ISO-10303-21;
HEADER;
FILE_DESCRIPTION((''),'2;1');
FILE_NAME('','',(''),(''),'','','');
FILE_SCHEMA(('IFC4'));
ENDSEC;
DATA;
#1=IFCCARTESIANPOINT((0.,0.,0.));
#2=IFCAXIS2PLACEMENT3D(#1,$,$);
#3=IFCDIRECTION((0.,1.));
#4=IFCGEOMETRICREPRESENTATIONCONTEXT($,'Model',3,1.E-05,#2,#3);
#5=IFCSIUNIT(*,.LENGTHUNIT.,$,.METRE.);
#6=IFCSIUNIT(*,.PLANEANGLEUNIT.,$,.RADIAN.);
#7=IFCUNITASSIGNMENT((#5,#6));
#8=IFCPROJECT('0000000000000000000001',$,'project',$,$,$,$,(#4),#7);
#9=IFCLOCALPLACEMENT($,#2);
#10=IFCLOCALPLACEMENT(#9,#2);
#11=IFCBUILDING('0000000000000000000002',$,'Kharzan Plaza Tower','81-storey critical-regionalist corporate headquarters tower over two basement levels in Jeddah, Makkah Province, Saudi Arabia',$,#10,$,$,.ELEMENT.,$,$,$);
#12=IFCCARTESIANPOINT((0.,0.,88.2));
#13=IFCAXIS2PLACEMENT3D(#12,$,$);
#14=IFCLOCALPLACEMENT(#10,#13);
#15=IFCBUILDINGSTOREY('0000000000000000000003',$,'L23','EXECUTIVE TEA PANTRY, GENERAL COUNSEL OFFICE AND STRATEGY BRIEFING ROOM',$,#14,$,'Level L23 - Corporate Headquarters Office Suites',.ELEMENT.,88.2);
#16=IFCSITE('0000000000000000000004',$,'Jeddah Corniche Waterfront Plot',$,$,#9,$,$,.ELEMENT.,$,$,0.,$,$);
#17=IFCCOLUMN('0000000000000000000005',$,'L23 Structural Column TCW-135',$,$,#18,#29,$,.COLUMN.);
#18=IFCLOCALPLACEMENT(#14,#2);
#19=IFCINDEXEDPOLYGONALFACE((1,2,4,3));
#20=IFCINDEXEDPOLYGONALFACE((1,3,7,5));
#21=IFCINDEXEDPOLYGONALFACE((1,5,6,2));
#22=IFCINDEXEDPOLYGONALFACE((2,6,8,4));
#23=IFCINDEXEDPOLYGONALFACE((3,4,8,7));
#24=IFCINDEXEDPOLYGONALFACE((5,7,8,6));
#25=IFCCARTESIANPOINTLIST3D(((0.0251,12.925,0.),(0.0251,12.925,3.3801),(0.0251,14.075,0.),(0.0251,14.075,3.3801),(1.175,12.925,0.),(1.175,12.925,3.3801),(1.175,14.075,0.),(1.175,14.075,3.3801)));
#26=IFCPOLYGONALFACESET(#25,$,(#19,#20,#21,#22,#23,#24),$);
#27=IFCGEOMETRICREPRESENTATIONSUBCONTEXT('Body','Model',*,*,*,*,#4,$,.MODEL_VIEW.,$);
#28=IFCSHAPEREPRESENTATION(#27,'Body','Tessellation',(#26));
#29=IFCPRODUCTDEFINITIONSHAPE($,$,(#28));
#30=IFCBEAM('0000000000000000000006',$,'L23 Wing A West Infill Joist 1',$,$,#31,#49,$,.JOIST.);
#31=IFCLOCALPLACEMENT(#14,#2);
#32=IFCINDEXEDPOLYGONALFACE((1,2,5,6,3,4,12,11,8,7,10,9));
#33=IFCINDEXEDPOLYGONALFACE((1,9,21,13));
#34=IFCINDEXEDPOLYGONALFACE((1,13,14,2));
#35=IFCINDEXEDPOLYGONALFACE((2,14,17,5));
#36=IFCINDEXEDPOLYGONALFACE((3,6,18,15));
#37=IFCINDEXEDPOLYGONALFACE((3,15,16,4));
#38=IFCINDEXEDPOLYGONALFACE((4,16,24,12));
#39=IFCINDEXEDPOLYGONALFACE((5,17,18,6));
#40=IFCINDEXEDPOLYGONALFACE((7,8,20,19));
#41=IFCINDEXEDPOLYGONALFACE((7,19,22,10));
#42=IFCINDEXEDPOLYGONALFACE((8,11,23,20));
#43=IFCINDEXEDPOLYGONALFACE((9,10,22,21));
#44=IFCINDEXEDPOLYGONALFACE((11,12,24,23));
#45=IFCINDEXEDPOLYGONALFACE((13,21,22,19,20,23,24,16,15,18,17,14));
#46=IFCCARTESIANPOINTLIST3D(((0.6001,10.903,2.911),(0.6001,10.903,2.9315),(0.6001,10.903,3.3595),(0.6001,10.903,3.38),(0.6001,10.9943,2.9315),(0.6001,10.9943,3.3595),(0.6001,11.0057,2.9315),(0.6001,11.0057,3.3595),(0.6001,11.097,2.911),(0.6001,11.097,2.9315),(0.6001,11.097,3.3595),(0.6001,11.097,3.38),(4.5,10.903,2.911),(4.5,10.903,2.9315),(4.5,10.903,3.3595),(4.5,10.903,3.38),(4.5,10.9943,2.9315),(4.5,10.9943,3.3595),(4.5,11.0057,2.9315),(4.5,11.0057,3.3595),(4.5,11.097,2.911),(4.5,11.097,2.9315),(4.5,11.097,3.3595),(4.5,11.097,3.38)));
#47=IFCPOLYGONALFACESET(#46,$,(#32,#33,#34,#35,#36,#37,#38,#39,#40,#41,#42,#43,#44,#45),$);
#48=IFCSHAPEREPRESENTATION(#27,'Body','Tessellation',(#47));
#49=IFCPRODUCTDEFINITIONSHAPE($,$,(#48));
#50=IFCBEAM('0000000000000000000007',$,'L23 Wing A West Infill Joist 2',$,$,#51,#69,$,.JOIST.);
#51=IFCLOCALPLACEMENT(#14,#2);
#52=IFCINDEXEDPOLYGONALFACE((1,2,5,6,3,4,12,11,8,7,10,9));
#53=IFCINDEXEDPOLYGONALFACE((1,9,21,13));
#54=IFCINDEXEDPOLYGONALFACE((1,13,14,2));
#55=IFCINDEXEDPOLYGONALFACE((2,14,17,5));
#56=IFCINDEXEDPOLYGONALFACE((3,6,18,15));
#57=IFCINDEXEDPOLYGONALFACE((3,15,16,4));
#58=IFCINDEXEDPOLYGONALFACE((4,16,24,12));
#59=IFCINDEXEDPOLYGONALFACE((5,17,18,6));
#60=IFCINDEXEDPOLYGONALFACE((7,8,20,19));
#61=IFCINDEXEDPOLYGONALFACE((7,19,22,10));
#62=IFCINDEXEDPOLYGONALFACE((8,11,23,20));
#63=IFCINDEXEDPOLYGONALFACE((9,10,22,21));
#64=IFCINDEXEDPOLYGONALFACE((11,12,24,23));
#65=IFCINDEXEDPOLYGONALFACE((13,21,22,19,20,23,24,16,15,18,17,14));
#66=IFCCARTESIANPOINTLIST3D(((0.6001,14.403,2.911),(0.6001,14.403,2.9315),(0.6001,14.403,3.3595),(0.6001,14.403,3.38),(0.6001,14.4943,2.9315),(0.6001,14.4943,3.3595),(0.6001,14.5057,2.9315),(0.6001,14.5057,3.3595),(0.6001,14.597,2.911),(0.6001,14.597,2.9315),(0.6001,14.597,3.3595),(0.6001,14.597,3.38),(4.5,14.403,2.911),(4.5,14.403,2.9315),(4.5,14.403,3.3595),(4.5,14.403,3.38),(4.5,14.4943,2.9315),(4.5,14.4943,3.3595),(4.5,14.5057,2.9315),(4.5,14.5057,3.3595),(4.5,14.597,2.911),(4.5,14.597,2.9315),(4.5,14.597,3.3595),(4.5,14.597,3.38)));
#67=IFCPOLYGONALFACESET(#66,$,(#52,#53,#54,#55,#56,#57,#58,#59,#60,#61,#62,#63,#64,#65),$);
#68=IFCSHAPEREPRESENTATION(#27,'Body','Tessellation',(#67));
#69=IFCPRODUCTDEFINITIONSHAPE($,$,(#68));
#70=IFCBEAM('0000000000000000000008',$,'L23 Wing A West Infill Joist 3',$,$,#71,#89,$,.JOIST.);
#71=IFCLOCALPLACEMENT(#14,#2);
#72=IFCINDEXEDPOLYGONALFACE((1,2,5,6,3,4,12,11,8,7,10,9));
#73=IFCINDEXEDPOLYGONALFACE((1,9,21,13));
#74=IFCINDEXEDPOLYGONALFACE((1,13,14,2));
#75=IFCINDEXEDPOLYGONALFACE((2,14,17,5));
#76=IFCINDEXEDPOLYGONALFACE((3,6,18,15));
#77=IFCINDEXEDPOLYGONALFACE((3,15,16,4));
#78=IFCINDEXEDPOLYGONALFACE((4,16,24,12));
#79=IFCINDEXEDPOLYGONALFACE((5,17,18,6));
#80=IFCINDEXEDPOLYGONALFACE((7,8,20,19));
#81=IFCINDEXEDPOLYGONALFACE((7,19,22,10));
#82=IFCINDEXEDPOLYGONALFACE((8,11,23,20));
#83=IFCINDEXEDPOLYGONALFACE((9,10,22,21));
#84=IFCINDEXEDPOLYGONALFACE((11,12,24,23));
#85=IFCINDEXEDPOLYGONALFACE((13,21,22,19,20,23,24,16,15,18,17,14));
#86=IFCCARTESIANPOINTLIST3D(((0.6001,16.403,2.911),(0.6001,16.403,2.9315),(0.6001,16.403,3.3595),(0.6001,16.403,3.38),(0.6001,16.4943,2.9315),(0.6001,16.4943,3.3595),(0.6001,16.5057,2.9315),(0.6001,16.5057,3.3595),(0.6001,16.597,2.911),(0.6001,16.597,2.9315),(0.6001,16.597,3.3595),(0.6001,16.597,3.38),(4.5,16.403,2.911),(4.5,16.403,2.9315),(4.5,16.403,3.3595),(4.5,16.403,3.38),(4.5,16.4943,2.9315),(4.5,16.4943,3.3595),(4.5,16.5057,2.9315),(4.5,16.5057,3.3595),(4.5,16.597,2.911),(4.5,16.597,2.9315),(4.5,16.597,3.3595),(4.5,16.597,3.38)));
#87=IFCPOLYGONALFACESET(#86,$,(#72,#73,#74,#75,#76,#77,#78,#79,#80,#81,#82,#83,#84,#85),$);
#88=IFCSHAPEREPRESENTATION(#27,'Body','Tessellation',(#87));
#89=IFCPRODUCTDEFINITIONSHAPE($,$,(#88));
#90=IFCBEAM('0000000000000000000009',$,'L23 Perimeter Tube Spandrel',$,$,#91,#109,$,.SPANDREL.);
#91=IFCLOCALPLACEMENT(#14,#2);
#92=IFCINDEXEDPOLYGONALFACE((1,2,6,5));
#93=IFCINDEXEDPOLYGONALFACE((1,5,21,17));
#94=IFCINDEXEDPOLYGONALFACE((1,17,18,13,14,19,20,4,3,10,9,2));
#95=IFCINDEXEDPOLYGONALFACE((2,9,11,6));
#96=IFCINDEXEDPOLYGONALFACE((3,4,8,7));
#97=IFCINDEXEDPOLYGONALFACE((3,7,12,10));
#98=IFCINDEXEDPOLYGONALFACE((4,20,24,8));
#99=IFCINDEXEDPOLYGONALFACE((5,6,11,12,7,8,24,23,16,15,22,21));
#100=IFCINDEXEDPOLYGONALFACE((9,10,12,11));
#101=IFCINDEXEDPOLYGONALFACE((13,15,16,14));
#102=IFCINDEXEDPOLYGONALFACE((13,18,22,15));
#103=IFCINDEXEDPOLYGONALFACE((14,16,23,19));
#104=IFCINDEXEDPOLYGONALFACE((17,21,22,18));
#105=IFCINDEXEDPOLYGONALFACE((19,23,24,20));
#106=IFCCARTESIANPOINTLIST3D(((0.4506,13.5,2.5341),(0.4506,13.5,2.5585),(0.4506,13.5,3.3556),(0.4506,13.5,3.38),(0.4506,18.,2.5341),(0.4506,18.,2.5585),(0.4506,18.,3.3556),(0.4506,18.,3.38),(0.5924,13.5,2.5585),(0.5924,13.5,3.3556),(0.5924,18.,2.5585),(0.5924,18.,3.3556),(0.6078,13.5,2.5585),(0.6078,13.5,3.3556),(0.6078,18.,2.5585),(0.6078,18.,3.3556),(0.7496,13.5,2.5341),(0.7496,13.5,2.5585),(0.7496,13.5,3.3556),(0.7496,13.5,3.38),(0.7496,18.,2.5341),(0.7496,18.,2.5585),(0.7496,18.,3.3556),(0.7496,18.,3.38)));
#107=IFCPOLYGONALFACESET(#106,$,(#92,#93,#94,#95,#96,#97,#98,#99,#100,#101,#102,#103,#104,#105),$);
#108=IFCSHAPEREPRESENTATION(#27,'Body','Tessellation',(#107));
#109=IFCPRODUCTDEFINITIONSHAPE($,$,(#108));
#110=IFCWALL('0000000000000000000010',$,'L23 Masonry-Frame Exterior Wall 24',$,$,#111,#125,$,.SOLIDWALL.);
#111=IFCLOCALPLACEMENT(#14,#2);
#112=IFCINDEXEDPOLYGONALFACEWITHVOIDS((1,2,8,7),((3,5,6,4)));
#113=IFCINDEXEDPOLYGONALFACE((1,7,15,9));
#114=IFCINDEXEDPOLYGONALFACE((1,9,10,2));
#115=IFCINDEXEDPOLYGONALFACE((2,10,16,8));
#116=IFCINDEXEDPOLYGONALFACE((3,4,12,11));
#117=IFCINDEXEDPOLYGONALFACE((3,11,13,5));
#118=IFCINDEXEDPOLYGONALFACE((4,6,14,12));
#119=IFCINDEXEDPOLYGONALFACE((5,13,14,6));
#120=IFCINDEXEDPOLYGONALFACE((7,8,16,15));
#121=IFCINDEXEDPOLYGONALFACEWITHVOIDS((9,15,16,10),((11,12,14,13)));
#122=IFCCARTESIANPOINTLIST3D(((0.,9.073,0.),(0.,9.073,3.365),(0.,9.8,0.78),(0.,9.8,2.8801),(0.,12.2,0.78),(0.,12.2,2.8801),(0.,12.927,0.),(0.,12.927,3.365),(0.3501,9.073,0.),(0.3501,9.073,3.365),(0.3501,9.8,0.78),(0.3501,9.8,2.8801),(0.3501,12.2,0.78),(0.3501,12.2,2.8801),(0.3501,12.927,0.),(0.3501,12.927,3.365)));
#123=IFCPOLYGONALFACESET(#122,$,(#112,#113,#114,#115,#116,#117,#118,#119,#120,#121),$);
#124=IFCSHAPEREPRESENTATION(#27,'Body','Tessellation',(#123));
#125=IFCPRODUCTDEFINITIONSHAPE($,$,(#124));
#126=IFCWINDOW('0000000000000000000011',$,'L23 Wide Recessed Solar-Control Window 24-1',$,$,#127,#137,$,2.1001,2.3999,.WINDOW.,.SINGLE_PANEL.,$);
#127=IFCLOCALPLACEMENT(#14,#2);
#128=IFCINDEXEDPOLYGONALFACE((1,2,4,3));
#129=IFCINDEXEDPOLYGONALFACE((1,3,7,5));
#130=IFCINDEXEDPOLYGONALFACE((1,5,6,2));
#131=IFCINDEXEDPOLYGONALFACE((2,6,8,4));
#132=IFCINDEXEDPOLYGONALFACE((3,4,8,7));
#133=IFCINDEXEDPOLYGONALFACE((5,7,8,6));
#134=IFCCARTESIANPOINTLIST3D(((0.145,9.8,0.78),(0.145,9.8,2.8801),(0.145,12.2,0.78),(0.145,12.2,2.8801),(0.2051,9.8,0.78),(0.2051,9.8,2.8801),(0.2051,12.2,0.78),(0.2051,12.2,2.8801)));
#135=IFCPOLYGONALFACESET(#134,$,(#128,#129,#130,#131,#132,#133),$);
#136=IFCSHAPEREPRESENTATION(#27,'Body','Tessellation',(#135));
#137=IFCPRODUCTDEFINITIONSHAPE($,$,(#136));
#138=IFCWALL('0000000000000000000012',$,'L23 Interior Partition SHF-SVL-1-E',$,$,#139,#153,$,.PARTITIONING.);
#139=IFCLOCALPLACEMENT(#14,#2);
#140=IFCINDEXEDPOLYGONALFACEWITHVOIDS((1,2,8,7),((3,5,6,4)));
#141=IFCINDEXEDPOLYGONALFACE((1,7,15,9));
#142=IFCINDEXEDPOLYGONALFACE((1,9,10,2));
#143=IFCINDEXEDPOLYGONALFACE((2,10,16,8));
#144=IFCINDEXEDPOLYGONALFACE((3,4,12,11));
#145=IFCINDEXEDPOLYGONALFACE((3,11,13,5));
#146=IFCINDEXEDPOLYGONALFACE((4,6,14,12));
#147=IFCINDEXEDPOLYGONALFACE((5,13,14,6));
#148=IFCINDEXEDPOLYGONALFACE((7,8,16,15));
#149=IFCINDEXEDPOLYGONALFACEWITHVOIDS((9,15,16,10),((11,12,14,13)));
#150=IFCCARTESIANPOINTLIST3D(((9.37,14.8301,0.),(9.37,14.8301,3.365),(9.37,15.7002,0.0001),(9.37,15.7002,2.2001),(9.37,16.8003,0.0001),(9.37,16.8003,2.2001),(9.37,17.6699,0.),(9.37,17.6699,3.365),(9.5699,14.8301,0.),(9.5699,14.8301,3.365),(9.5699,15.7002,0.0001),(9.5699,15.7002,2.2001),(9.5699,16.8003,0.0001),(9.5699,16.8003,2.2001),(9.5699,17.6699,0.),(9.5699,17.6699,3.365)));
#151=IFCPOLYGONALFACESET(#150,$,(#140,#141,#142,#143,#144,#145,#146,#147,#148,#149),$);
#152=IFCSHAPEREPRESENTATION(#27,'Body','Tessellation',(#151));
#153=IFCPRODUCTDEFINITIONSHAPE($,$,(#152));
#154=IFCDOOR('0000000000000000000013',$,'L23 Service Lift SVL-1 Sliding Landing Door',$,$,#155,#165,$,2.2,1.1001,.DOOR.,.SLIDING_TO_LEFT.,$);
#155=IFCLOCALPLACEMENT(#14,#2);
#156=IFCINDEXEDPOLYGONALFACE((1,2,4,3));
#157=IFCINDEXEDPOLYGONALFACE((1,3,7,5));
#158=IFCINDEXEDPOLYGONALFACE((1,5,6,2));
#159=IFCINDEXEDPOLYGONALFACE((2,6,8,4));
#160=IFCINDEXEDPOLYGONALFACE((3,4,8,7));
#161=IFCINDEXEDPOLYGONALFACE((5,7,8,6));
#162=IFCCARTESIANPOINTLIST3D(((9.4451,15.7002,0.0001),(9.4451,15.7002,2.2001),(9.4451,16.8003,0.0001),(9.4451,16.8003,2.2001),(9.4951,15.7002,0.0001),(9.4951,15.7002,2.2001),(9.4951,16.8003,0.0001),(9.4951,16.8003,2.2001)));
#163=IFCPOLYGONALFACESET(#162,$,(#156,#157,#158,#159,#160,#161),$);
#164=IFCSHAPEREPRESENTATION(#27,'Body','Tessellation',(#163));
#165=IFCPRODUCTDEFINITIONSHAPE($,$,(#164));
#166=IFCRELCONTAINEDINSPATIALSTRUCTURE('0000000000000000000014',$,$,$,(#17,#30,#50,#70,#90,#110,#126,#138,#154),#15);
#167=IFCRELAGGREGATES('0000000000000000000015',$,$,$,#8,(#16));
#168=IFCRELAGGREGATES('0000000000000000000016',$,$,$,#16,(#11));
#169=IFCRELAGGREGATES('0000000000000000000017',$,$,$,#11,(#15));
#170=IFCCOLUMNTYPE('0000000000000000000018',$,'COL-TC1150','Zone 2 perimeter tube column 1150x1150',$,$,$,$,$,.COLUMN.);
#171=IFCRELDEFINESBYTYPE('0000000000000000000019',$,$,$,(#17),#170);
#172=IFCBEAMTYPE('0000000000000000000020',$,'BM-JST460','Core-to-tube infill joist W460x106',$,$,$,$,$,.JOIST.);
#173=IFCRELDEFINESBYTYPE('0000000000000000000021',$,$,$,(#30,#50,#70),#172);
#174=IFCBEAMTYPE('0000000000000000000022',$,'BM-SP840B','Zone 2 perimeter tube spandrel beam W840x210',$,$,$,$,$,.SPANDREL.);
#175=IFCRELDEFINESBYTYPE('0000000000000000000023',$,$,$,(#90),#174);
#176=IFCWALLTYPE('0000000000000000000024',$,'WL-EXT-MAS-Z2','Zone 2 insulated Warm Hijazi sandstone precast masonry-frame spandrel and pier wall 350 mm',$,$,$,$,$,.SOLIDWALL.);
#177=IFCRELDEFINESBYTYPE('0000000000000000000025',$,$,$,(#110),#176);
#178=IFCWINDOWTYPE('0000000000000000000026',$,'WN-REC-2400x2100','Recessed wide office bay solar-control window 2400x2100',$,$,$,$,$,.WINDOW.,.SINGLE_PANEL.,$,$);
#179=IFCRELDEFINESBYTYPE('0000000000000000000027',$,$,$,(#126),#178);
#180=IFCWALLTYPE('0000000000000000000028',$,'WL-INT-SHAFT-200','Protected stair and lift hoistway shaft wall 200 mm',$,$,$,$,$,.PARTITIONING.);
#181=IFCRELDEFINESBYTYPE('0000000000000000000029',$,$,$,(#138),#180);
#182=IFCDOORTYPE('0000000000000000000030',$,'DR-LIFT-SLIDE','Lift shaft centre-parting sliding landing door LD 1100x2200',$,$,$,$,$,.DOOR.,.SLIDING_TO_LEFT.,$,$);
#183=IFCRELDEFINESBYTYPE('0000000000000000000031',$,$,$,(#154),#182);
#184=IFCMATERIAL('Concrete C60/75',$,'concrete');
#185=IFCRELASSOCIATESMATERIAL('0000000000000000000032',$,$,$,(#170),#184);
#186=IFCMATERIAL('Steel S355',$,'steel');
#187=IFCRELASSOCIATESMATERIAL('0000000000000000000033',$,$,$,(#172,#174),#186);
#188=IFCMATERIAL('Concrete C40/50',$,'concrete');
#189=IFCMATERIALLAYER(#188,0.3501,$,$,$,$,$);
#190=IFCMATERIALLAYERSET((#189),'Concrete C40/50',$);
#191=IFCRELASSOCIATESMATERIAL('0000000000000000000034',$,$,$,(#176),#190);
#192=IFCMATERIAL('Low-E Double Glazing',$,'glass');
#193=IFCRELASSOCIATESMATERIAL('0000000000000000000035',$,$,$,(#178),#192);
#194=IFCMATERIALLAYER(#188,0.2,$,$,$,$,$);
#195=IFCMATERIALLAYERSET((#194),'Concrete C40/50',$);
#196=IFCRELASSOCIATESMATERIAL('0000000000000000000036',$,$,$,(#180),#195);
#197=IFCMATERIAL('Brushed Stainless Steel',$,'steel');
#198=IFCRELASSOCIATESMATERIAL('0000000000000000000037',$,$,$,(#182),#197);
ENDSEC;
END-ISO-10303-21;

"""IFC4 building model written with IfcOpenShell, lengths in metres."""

from ifc_helpers import new_model, si_unit, direction, frame, frame_2d, origin, origin_2d, place, context, subcontext, project, spatial, rectangle, i_section, extrude, source, transform, mapped, material, layer, layer_set, material_profile, profile_set, type_object, element, fill, save


model = new_model("IFC4")

# Units and contexts
model_context = context("Model", 3, precision=1e-05, world=origin(), true_north=direction((0.0, 1.0)))
body_context = subcontext(model_context, "Body", "Model", "MODEL_VIEW")
ifc_project = project(units=[si_unit("LENGTHUNIT", "METRE"), si_unit("PLANEANGLEUNIT", "RADIAN")], contexts=[model_context])

# Site, building, storey
site_placement = place(None, origin())
site = spatial("IfcSite", under=ifc_project, at=site_placement, Name="Jeddah Corniche Waterfront Plot", CompositionType="ELEMENT", RefElevation=0.0)
building_placement = place(site_placement, origin())
building = spatial("IfcBuilding", under=site, at=building_placement, Name="Kharzan Plaza Tower", Description="81-storey critical-regionalist corporate headquarters tower over two basement levels in Jeddah, Makkah Province, Saudi Arabia", CompositionType="ELEMENT")
storey_placement = place(building_placement, frame((0.0, 0.0, 88.2)))
storey = spatial("IfcBuildingStorey", under=building, at=storey_placement, Name="L23", Description="EXECUTIVE TEA PANTRY, GENERAL COUNSEL OFFICE AND STRATEGY BRIEFING ROOM", LongName="Level L23 - Corporate Headquarters Office Suites", CompositionType="ELEMENT", Elevation=88.2)

# Column
ifc_material_1 = material(Name="Concrete C60/75", Category="concrete")
ifc_material_profile_1 = material_profile(ifc_material_1, rectangle(XDim=1.1499, YDim=1.1499, at=origin_2d()), Name="RC-TC1150x1150")
ifc_profile_set_1 = profile_set([ifc_material_profile_1], Name="Concrete C60/75")
column_type = type_object("IfcColumnType", Name="COL-TC1150", Description="Zone 2 perimeter tube column 1150x1150", PredefinedType="COLUMN", material=ifc_profile_set_1)
shared_shape_1 = source(origin(), body_context, "Body", "SweptSolid", [
    extrude(rectangle(XDim=1.1499, YDim=1.1499, at=origin_2d()), origin(), (0.0, 0.0, 1.0), 3.3801),
])
column_placement = place(storey_placement, frame((0.6001, 13.5, 0.0), z_axis=(0.0, 0.0, 1.0), x_axis=(1.0, 0.0, 0.0)))
element("IfcColumn", 1, at=column_placement, inside=storey, type_object=column_type, Name="L23 Structural Column TCW-135", PredefinedType="COLUMN", context=body_context, shape_type="MappedRepresentation", body=[
    mapped(shared_shape_1, transform((0.0, 0.0, 0.0), x_axis=(1.0, 0.0, 0.0), y_axis=(0.0, 1.0, 0.0), z_axis=(0.0, 0.0, 1.0))),
])

# Beams
ifc_material_2 = material(Name="Steel S355", Category="steel")
ifc_material_profile_2 = material_profile(ifc_material_2, i_section(OverallWidth=0.1941, OverallDepth=0.469, WebThickness=0.0115, FlangeThickness=0.0205, at=origin_2d()), Name="W460x106")
ifc_profile_set_2 = profile_set([ifc_material_profile_2], Name="Steel S355")
beam_type_1 = type_object("IfcBeamType", Name="BM-JST460", Description="Core-to-tube infill joist W460x106", PredefinedType="JOIST", material=ifc_profile_set_2)
shared_shape_2 = source(origin(), body_context, "Body", "SweptSolid", [
    extrude(i_section(OverallWidth=0.1941, OverallDepth=0.469, WebThickness=0.0115, FlangeThickness=0.0205, at=origin_2d()), origin(), (0.0, 0.0, 1.0), 3.8999),
])
for number, where, z_axis, x_axis, name in (
    (2, (0.6001, 11.0, 3.1455), (1.0, 0.0, 0.0), (0.0, 1.0, 0.0), "L23 Wing A West Infill Joist 1"),
    (3, (0.6001, 14.5, 3.1455), (1.0, 0.0, 0.0), (0.0, 1.0, 0.0), "L23 Wing A West Infill Joist 2"),
    (4, (0.6001, 16.5, 3.1455), (1.0, 0.0, 0.0), (0.0, 1.0, 0.0), "L23 Wing A West Infill Joist 3"),
):
    element("IfcBeam", number, at=place(storey_placement, frame(where, z_axis=z_axis, x_axis=x_axis)), inside=storey, type_object=beam_type_1, Name=name, PredefinedType="JOIST", context=body_context, shape_type="MappedRepresentation", body=[
        mapped(shared_shape_2, transform((0.0, 0.0, 0.0), x_axis=(1.0, 0.0, 0.0), y_axis=(0.0, 1.0, 0.0), z_axis=(0.0, 0.0, 1.0))),
    ])
ifc_material_profile_3 = material_profile(ifc_material_2, i_section(OverallWidth=0.2991, OverallDepth=0.8459, WebThickness=0.0154, FlangeThickness=0.0244, at=origin_2d()), Name="W840x210")
ifc_profile_set_3 = profile_set([ifc_material_profile_3], Name="Steel S355")
beam_type_2 = type_object("IfcBeamType", Name="BM-SP840B", Description="Zone 2 perimeter tube spandrel beam W840x210", PredefinedType="SPANDREL", material=ifc_profile_set_3)
shared_shape_3 = source(origin(), body_context, "Body", "SweptSolid", [
    extrude(i_section(OverallWidth=0.2991, OverallDepth=0.8459, WebThickness=0.0154, FlangeThickness=0.0244, at=origin_2d()), origin(), (0.0, 0.0, 1.0), 4.5),
])
beam_placement = place(storey_placement, frame((0.6001, 13.5, 2.957), z_axis=(0.0, 1.0, 0.0), x_axis=(-1.0, 0.0, 0.0)))
element("IfcBeam", 5, at=beam_placement, inside=storey, type_object=beam_type_2, Name="L23 Perimeter Tube Spandrel", PredefinedType="SPANDREL", context=body_context, shape_type="MappedRepresentation", body=[
    mapped(shared_shape_3, transform((0.0, 0.0, 0.0), x_axis=(1.0, 0.0, 0.0), y_axis=(0.0, 1.0, 0.0), z_axis=(0.0, 0.0, 1.0))),
])

# Wall, opening, window
ifc_material_3 = material(Name="Concrete C40/50", Category="concrete")
ifc_layer_1 = layer(ifc_material_3, 0.3501)
ifc_layer_set_1 = layer_set([ifc_layer_1], Name="Concrete C40/50")
wall_type_1 = type_object("IfcWallType", Name="WL-EXT-MAS-Z2", Description="Zone 2 insulated Warm Hijazi sandstone precast masonry-frame spandrel and pier wall 350 mm", PredefinedType="SOLIDWALL", material=ifc_layer_set_1)
wall_1_placement = place(storey_placement, frame((0.175, 12.927, 0.0), z_axis=(0.0, 0.0, 1.0), x_axis=(0.0, -1.0, 0.0)))
wall_1 = element("IfcWall", 6, at=wall_1_placement, inside=storey, type_object=wall_type_1, Name="L23 Masonry-Frame Exterior Wall 24", PredefinedType="SOLIDWALL", context=body_context, shape_type="SweptSolid", body=[
    extrude(rectangle(XDim=3.854, YDim=0.3501, at=frame_2d((1.927, 0.0))), origin(), (0.0, 0.0, 1.0), 3.365),
])
opening_1_placement = place(wall_1_placement, frame((0.7271, 0.0, 0.78)))
opening_1 = element("IfcOpeningElement", 7, at=opening_1_placement, cuts=wall_1, PredefinedType="OPENING", context=body_context, shape_type="SweptSolid", body=[
    extrude(rectangle(XDim=2.3999, YDim=2.1001, at=frame_2d((1.2, 1.05))), frame((0.0, 0.1851, 0.0), z_axis=(0.0, -1.0, 0.0), x_axis=(1.0, 0.0, 0.0)), (0.0, 0.0, 1.0), 0.3701),
])
ifc_material_4 = material(Name="Low-E Double Glazing", Category="glass")
window_type = type_object("IfcWindowType", Name="WN-REC-2400x2100", Description="Recessed wide office bay solar-control window 2400x2100", PartitioningType="SINGLE_PANEL", PredefinedType="WINDOW", material=ifc_material_4)
shared_shape_4 = source(origin(), body_context, "Body", "SweptSolid", [
    extrude(rectangle(XDim=2.3999, YDim=2.1001, at=frame_2d((1.2, 1.05))), frame((0.0, 0.03, 0.0), z_axis=(0.0, -1.0, 0.0), x_axis=(1.0, 0.0, 0.0)), (0.0, 0.0, 1.0), 0.0601),
])
window_placement = place(opening_1_placement, origin())
window = element("IfcWindow", 8, at=window_placement, inside=storey, type_object=window_type, Name="L23 Wide Recessed Solar-Control Window 24-1", OverallHeight=2.1001, OverallWidth=2.3999, PartitioningType="SINGLE_PANEL", PredefinedType="WINDOW", context=body_context, shape_type="MappedRepresentation", body=[
    mapped(shared_shape_4, transform((0.0, 0.0, 0.0), x_axis=(1.0, 0.0, 0.0), y_axis=(0.0, 1.0, 0.0), z_axis=(0.0, 0.0, 1.0))),
])
fill(opening_1, window)

# Wall, opening, door
ifc_layer_2 = layer(ifc_material_3, 0.2)
ifc_layer_set_2 = layer_set([ifc_layer_2], Name="Concrete C40/50")
wall_type_2 = type_object("IfcWallType", Name="WL-INT-SHAFT-200", Description="Protected stair and lift hoistway shaft wall 200 mm", PredefinedType="PARTITIONING", material=ifc_layer_set_2)
wall_2_placement = place(storey_placement, frame((9.47, 14.8301, 0.0), z_axis=(0.0, 0.0, 1.0), x_axis=(0.0, 1.0, 0.0)))
wall_2 = element("IfcWall", 9, at=wall_2_placement, inside=storey, type_object=wall_type_2, Name="L23 Interior Partition SHF-SVL-1-E", PredefinedType="PARTITIONING", context=body_context, shape_type="SweptSolid", body=[
    extrude(rectangle(XDim=2.8398, YDim=0.2, at=frame_2d((1.4199, 0.0))), origin(), (0.0, 0.0, 1.0), 3.365),
])
opening_2_placement = place(wall_2_placement, frame((0.8701, 0.0, 0.0)))
opening_2 = element("IfcOpeningElement", 10, at=opening_2_placement, cuts=wall_2, PredefinedType="OPENING", context=body_context, shape_type="SweptSolid", body=[
    extrude(rectangle(XDim=1.1001, YDim=2.2, at=frame_2d((0.55, 1.1001))), frame((0.0, 0.1099, 0.0), z_axis=(0.0, -1.0, 0.0), x_axis=(1.0, 0.0, 0.0)), (0.0, 0.0, 1.0), 0.22),
])
ifc_material_5 = material(Name="Brushed Stainless Steel", Category="steel")
door_type_1 = type_object("IfcDoorType", Name="DR-LIFT-SLIDE", Description="Lift shaft centre-parting sliding landing door LD 1100x2200", OperationType="SLIDING_TO_LEFT", PredefinedType="DOOR", material=ifc_material_5)
shared_shape_5 = source(origin(), body_context, "Body", "SweptSolid", [
    extrude(rectangle(XDim=1.1001, YDim=2.2, at=frame_2d((0.55, 1.1001))), frame((0.0, 0.0249, 0.0), z_axis=(0.0, -1.0, 0.0), x_axis=(1.0, 0.0, 0.0)), (0.0, 0.0, 1.0), 0.05),
])
door_1_placement = place(opening_2_placement, origin())
door_1 = element("IfcDoor", 11, at=door_1_placement, inside=storey, type_object=door_type_1, Name="L23 Service Lift SVL-1 Sliding Landing Door", OperationType="SLIDING_TO_LEFT", OverallHeight=2.2, OverallWidth=1.1001, PredefinedType="DOOR", context=body_context, shape_type="MappedRepresentation", body=[
    mapped(shared_shape_5, transform((0.0, 0.0, 0.0), x_axis=(1.0, 0.0, 0.0), y_axis=(0.0, 1.0, 0.0), z_axis=(0.0, 0.0, 1.0))),
])
fill(opening_2, door_1)

save(model, "model.ifc")
